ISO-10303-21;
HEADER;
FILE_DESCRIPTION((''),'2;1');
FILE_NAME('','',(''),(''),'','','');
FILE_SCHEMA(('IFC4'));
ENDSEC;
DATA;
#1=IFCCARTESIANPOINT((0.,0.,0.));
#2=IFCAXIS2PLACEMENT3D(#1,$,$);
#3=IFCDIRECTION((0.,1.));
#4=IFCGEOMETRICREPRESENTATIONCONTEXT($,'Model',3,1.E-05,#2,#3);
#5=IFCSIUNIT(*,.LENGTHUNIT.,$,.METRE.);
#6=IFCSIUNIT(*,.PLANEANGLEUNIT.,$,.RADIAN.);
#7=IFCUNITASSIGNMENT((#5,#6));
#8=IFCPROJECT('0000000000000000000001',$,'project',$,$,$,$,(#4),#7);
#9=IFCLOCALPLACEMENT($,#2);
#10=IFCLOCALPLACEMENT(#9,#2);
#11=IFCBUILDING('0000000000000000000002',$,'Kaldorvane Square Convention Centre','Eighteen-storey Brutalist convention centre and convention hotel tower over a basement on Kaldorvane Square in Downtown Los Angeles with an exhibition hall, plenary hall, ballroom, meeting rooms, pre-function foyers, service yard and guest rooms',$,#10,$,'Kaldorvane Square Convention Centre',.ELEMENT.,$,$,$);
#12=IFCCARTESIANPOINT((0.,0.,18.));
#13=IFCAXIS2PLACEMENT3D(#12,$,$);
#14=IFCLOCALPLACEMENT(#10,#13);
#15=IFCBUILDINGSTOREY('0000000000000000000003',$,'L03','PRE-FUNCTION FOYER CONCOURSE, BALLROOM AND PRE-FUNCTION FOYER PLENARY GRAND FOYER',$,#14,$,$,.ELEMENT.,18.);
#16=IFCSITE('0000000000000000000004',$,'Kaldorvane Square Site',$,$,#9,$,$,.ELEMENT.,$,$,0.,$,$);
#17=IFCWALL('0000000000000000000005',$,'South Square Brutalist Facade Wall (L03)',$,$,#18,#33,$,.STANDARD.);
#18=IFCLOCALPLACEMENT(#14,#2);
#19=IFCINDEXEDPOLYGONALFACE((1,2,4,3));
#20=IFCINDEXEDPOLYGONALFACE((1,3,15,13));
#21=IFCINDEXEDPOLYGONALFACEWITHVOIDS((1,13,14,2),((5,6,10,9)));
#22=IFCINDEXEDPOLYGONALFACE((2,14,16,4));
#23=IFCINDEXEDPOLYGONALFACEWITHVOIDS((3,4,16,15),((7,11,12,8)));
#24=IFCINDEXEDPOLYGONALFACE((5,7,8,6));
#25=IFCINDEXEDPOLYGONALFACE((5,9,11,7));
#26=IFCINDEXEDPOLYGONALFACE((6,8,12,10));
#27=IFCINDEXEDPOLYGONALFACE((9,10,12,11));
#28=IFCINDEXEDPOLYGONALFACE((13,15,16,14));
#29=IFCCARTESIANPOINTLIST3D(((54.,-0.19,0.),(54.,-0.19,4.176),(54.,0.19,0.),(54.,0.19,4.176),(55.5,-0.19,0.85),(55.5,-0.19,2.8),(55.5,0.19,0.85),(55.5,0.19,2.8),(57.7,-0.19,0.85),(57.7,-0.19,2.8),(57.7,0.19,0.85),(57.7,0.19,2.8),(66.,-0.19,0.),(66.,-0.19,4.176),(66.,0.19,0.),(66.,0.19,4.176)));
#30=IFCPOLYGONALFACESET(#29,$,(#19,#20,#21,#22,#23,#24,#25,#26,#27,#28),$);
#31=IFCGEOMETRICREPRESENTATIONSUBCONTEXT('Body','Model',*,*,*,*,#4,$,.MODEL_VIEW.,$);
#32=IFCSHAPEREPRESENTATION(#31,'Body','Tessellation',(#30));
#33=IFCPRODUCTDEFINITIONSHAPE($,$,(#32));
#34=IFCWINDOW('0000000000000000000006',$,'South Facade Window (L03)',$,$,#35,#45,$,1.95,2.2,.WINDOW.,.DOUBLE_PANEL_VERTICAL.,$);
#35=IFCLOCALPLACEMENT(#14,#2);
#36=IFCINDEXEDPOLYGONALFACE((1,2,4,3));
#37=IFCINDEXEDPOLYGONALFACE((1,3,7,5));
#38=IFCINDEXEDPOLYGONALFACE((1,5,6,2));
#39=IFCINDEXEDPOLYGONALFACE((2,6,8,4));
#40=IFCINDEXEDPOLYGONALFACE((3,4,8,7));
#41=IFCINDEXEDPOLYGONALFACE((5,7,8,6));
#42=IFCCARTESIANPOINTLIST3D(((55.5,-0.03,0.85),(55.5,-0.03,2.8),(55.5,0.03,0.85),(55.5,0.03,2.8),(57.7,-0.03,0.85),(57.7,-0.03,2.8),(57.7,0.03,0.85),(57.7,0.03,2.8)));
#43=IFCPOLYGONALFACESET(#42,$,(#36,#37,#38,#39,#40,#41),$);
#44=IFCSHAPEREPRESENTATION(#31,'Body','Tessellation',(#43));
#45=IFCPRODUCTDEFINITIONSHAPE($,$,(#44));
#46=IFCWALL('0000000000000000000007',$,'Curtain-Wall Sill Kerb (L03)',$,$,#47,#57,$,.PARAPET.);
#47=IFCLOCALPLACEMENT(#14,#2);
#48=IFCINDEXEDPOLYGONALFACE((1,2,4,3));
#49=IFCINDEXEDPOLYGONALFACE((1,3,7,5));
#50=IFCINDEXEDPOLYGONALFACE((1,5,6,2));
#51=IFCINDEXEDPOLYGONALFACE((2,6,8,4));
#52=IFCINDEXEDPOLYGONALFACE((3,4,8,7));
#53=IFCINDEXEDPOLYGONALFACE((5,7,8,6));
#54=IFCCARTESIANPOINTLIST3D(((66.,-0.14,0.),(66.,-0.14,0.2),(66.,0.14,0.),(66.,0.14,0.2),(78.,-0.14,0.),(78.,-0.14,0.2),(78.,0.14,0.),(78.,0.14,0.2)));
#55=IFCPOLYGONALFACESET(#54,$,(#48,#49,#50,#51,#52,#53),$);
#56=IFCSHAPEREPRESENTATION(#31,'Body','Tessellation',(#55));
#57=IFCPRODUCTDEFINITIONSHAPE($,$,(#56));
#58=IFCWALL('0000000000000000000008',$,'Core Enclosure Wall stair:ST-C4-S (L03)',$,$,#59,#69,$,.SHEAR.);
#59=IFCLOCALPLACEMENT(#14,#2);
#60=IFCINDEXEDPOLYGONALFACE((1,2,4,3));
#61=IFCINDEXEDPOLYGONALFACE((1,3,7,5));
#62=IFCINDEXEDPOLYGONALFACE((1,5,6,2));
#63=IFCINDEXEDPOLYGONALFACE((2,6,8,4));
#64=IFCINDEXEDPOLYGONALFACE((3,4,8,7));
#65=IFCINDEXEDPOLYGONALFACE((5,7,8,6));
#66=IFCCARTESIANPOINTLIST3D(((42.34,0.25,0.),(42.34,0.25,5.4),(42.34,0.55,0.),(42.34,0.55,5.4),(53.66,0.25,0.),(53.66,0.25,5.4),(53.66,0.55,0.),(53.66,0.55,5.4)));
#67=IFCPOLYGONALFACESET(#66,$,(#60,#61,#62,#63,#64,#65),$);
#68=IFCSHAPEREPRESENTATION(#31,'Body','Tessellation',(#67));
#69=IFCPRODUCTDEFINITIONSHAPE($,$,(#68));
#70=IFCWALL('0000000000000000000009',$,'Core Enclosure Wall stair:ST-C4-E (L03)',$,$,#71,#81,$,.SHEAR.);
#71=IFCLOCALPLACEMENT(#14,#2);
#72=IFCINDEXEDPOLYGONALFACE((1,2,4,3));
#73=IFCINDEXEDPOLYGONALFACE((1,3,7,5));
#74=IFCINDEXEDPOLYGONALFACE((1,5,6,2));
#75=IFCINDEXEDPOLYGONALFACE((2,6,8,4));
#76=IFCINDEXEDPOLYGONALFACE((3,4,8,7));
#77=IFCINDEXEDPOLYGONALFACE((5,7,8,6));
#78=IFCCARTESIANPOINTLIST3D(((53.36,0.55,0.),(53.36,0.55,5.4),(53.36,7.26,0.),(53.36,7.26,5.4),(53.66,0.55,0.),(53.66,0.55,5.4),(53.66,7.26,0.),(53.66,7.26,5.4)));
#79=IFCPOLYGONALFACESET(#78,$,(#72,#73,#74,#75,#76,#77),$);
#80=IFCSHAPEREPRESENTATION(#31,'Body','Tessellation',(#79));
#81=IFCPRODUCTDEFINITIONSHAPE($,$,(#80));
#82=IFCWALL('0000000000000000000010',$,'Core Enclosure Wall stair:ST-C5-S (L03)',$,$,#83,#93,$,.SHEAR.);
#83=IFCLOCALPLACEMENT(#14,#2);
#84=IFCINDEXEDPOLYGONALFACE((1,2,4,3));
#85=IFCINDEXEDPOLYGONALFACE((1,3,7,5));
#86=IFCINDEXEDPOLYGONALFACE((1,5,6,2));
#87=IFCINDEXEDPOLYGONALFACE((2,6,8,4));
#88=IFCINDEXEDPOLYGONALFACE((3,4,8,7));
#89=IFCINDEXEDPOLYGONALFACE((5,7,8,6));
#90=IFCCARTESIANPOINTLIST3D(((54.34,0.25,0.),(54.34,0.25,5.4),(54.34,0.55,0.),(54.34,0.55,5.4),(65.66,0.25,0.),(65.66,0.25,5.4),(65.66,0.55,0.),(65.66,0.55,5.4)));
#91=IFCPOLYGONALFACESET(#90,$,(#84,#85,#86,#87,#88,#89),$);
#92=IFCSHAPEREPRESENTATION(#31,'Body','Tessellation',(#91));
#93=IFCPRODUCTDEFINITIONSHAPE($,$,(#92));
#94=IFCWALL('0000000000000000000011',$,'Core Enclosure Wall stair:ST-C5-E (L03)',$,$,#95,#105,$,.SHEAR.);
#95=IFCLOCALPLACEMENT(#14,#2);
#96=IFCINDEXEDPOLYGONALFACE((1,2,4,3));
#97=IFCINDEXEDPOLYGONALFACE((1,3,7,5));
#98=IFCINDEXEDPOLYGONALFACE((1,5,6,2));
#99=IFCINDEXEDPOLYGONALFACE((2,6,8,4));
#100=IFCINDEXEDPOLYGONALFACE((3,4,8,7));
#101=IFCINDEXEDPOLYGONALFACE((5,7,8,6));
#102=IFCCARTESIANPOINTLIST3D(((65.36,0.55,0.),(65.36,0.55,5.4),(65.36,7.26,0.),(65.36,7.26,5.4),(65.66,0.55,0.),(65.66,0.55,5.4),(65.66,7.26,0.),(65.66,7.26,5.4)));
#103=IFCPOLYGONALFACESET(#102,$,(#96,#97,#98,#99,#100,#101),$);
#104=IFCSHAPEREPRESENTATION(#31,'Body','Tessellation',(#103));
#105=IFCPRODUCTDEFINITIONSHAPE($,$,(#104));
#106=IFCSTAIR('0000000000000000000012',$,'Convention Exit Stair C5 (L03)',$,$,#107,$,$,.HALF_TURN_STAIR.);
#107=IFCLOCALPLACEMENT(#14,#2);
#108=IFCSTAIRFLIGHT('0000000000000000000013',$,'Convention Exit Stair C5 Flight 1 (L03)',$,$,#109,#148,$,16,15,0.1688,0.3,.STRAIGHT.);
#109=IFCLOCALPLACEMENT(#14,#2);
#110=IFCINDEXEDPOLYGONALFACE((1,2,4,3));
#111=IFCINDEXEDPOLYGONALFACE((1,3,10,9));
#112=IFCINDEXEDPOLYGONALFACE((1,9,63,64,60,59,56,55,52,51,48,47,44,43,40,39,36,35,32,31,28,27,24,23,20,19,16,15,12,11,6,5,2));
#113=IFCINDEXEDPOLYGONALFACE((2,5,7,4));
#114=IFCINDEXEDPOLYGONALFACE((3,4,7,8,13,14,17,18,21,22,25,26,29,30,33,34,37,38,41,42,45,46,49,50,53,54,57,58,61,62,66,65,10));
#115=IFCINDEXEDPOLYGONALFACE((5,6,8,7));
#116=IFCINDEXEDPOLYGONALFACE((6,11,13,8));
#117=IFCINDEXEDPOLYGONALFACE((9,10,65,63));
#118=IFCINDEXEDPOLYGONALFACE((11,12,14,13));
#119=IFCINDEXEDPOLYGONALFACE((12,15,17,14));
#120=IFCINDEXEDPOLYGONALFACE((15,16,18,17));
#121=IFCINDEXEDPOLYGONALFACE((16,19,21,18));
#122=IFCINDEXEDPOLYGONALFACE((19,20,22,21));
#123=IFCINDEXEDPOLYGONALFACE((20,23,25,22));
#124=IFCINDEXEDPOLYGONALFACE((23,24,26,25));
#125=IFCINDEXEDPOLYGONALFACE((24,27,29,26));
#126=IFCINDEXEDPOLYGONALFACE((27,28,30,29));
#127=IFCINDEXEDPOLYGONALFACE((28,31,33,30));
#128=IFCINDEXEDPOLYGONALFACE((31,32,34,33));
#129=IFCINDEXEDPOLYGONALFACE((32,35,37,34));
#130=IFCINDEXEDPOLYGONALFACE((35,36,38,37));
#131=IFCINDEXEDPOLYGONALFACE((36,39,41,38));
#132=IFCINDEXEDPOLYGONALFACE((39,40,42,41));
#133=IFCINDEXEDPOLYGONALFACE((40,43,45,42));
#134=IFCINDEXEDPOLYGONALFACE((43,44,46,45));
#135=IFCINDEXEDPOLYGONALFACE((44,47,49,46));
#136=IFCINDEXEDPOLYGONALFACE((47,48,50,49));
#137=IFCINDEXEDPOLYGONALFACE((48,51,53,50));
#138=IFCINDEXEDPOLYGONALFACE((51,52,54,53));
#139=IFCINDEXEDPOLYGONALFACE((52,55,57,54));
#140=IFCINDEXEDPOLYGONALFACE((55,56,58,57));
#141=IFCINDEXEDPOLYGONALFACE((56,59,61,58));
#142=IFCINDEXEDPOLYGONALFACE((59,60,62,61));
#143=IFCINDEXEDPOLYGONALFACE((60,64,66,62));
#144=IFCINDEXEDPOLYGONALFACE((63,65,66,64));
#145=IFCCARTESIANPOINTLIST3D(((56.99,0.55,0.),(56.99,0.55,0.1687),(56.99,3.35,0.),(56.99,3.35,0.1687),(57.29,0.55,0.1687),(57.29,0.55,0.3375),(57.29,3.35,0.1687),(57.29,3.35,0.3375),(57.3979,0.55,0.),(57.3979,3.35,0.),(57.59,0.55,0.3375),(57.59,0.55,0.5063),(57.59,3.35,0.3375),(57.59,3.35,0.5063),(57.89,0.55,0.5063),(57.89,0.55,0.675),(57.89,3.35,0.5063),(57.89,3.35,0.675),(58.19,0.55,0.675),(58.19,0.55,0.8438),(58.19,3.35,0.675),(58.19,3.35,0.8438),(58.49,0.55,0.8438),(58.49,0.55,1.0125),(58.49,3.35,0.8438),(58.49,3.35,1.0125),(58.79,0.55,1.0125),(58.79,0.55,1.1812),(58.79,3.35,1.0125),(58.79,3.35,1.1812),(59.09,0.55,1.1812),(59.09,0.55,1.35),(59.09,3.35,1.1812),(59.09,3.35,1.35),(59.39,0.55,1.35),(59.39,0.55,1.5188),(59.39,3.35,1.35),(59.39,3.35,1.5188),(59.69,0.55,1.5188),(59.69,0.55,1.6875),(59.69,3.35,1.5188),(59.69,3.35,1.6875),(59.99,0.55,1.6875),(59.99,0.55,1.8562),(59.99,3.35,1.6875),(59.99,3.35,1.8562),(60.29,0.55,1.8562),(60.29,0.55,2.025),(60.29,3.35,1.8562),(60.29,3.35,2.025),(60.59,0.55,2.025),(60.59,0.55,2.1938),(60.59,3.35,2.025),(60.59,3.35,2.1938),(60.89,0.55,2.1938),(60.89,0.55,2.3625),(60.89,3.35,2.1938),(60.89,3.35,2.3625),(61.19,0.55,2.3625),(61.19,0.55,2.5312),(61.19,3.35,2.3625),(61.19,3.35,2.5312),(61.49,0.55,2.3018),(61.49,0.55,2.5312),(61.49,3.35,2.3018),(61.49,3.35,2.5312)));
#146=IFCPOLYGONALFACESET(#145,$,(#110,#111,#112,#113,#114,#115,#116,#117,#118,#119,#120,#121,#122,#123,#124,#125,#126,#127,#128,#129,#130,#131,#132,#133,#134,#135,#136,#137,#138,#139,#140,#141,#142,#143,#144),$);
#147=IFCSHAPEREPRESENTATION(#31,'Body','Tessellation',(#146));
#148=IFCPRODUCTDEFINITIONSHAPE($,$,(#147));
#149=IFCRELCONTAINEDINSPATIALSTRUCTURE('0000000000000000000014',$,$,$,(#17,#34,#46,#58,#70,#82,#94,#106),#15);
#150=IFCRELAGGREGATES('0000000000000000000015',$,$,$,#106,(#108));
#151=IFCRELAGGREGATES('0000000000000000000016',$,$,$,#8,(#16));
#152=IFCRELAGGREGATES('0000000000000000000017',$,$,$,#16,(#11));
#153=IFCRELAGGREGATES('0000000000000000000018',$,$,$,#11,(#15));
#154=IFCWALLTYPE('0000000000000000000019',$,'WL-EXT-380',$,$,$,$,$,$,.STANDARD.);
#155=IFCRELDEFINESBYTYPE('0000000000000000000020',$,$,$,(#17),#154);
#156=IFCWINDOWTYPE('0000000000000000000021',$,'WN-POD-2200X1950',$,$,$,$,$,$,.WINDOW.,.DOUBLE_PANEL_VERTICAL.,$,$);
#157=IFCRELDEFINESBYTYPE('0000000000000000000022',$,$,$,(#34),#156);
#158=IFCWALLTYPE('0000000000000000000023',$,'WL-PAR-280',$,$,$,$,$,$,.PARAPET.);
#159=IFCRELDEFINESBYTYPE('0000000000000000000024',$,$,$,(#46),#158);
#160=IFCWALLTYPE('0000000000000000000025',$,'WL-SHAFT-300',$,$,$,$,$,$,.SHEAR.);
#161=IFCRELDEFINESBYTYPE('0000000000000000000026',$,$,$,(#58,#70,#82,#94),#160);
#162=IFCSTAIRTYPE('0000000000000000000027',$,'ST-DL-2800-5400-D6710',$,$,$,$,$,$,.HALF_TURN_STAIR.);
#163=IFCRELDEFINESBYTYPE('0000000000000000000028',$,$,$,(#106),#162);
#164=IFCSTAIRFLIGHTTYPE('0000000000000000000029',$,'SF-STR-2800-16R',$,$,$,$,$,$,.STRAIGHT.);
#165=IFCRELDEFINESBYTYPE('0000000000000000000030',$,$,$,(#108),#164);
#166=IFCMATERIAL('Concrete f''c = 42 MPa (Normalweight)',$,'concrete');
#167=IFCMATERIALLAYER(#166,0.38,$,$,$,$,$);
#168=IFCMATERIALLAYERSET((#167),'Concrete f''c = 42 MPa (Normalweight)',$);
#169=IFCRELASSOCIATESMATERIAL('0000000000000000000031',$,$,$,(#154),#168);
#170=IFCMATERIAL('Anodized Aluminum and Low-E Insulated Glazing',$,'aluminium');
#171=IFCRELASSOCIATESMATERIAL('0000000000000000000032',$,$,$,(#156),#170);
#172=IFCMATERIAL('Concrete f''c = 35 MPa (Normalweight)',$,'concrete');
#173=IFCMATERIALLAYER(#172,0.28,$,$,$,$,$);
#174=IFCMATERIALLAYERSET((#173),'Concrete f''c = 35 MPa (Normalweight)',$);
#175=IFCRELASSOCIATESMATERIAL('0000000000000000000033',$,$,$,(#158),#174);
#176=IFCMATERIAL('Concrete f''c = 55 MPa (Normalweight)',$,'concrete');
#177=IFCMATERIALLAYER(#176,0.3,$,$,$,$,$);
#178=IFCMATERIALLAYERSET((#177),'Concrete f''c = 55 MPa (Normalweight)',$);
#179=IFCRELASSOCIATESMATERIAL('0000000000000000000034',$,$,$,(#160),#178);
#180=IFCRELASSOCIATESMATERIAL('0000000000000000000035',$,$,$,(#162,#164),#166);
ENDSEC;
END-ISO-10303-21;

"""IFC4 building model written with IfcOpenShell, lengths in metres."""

from ifc_helpers import new_model, si_unit, direction, frame, frame_2d, origin, place, context, subcontext, project, spatial, polyline, rectangle, outline, extrude, material, layer, layer_set, type_object, element, fill, aggregate, save


model = new_model("IFC4")

# Units and contexts
model_context = context("Model", 3, precision=1e-05, world=origin(), true_north=direction((0.0, 1.0)))
body_context = subcontext(model_context, "Body", "Model", "MODEL_VIEW")
ifc_project = project(units=[si_unit("LENGTHUNIT", "METRE"), si_unit("PLANEANGLEUNIT", "RADIAN")], contexts=[model_context])

# Site, building, storey
site_placement = place(None, origin())
site = spatial("IfcSite", under=ifc_project, at=site_placement, Name="Kaldorvane Square Site", CompositionType="ELEMENT", RefElevation=0.0)
building_placement = place(site_placement, origin())
building = spatial("IfcBuilding", under=site, at=building_placement, Name="Kaldorvane Square Convention Centre", Description="Eighteen-storey Brutalist convention centre and convention hotel tower over a basement on Kaldorvane Square in Downtown Los Angeles with an exhibition hall, plenary hall, ballroom, meeting rooms, pre-function foyers, service yard and guest rooms", LongName="Kaldorvane Square Convention Centre", CompositionType="ELEMENT")
storey_placement = place(building_placement, frame((0.0, 0.0, 18.0)))
storey = spatial("IfcBuildingStorey", under=building, at=storey_placement, Name="L03", Description="PRE-FUNCTION FOYER CONCOURSE, BALLROOM AND PRE-FUNCTION FOYER PLENARY GRAND FOYER", CompositionType="ELEMENT", Elevation=18.0)

# Shared definitions
ifc_material_1 = material(Name="Concrete f'c = 55 MPa (Normalweight)", Category="concrete")

# Shared definitions
ifc_material_2 = material(Name="Concrete f'c = 42 MPa (Normalweight)", Category="concrete")

# Shared definitions
ifc_material_3 = material(Name="Anodized Aluminum and Low-E Insulated Glazing", Category="aluminium")

# Wall, opening, window
ifc_layer_1 = layer(ifc_material_2, 0.38)
ifc_layer_set_1 = layer_set([ifc_layer_1], Name="Concrete f'c = 42 MPa (Normalweight)")
wall_type_1 = type_object("IfcWallType", Name="WL-EXT-380", PredefinedType="STANDARD", material=ifc_layer_set_1)
wall_1_placement = place(storey_placement, frame((54.0, 0.0, 0.0), z_axis=(0.0, 0.0, 1.0), x_axis=(1.0, 0.0, 0.0)))
wall_1 = element("IfcWall", 1, at=wall_1_placement, inside=storey, type_object=wall_type_1, Name="South Square Brutalist Facade Wall (L03)", PredefinedType="STANDARD", context=body_context, shape_type="SweptSolid", body=[
    extrude(rectangle(XDim=12.0, YDim=0.38, at=frame_2d((6.0, 0.0))), origin(), (0.0, 0.0, 1.0), 4.176),
])
opening_placement = place(wall_1_placement, frame((1.5, 0.0, 0.85)))
opening = element("IfcOpeningElement", 2, at=opening_placement, cuts=wall_1, PredefinedType="OPENING", context=body_context, shape_type="SweptSolid", body=[
    extrude(rectangle(XDim=2.2, YDim=1.95, at=frame_2d((1.1, 0.975))), frame((0.0, 0.205, 0.0), z_axis=(0.0, -1.0, 0.0), x_axis=(1.0, 0.0, 0.0)), (0.0, 0.0, 1.0), 0.41),
])
window_type = type_object("IfcWindowType", Name="WN-POD-2200X1950", PartitioningType="DOUBLE_PANEL_VERTICAL", PredefinedType="WINDOW", material=ifc_material_3)
window_placement = place(opening_placement, origin())
window = element("IfcWindow", 3, at=window_placement, inside=storey, type_object=window_type, Name="South Facade Window (L03)", OverallHeight=1.95, OverallWidth=2.2, PartitioningType="DOUBLE_PANEL_VERTICAL", PredefinedType="WINDOW", context=body_context, shape_type="SweptSolid", body=[
    extrude(rectangle(XDim=2.2, YDim=1.95, at=frame_2d((1.1, 0.975))), frame((0.0, 0.03, 0.0), z_axis=(0.0, -1.0, 0.0), x_axis=(1.0, 0.0, 0.0)), (0.0, 0.0, 1.0), 0.06),
])
fill(opening, window)

# Walls
ifc_material_4 = material(Name="Concrete f'c = 35 MPa (Normalweight)", Category="concrete")
ifc_layer_2 = layer(ifc_material_4, 0.28)
ifc_layer_set_2 = layer_set([ifc_layer_2], Name="Concrete f'c = 35 MPa (Normalweight)")
wall_type_2 = type_object("IfcWallType", Name="WL-PAR-280", PredefinedType="PARAPET", material=ifc_layer_set_2)
wall_2_placement = place(storey_placement, frame((66.0, 0.0, 0.0), z_axis=(0.0, 0.0, 1.0), x_axis=(1.0, 0.0, 0.0)))
element("IfcWall", 4, at=wall_2_placement, inside=storey, type_object=wall_type_2, Name="Curtain-Wall Sill Kerb (L03)", PredefinedType="PARAPET", context=body_context, shape_type="SweptSolid", body=[
    extrude(rectangle(XDim=12.0, YDim=0.28, at=frame_2d((6.0, 0.0))), origin(), (0.0, 0.0, 1.0), 0.2),
])
ifc_layer_3 = layer(ifc_material_1, 0.3)
ifc_layer_set_3 = layer_set([ifc_layer_3], Name="Concrete f'c = 55 MPa (Normalweight)")
wall_type_3 = type_object("IfcWallType", Name="WL-SHAFT-300", PredefinedType="SHEAR", material=ifc_layer_set_3)
wall_3_placement = place(storey_placement, frame((53.66, 0.4, 0.0), z_axis=(0.0, 0.0, 1.0), x_axis=(-1.0, 0.0, 0.0)))
element("IfcWall", 5, at=wall_3_placement, inside=storey, type_object=wall_type_3, Name="Core Enclosure Wall stair:ST-C4-S (L03)", PredefinedType="SHEAR", context=body_context, shape_type="SweptSolid", body=[
    extrude(rectangle(XDim=11.32, YDim=0.3, at=frame_2d((5.66, 0.0))), origin(), (0.0, 0.0, 1.0), 5.4),
])
wall_4_placement = place(storey_placement, frame((53.51, 0.55, 0.0), z_axis=(0.0, 0.0, 1.0), x_axis=(0.0, 1.0, 0.0)))
element("IfcWall", 6, at=wall_4_placement, inside=storey, type_object=wall_type_3, Name="Core Enclosure Wall stair:ST-C4-E (L03)", PredefinedType="SHEAR", context=body_context, shape_type="SweptSolid", body=[
    extrude(rectangle(XDim=6.71, YDim=0.3, at=frame_2d((3.355, 0.0))), origin(), (0.0, 0.0, 1.0), 5.4),
])
wall_5_placement = place(storey_placement, frame((65.66, 0.4, 0.0), z_axis=(0.0, 0.0, 1.0), x_axis=(-1.0, 0.0, 0.0)))
element("IfcWall", 7, at=wall_5_placement, inside=storey, type_object=wall_type_3, Name="Core Enclosure Wall stair:ST-C5-S (L03)", PredefinedType="SHEAR", context=body_context, shape_type="SweptSolid", body=[
    extrude(rectangle(XDim=11.32, YDim=0.3, at=frame_2d((5.66, 0.0))), origin(), (0.0, 0.0, 1.0), 5.4),
])
wall_6_placement = place(storey_placement, frame((65.51, 0.55, 0.0), z_axis=(0.0, 0.0, 1.0), x_axis=(0.0, 1.0, 0.0)))
element("IfcWall", 8, at=wall_6_placement, inside=storey, type_object=wall_type_3, Name="Core Enclosure Wall stair:ST-C5-E (L03)", PredefinedType="SHEAR", context=body_context, shape_type="SweptSolid", body=[
    extrude(rectangle(XDim=6.71, YDim=0.3, at=frame_2d((3.355, 0.0))), origin(), (0.0, 0.0, 1.0), 5.4),
])

# Stair, stair flight
stair_type = type_object("IfcStairType", Name="ST-DL-2800-5400-D6710", PredefinedType="HALF_TURN_STAIR", material=ifc_material_2)
stair_placement = place(storey_placement, origin())
stair = element("IfcStair", 9, at=stair_placement, inside=storey, type_object=stair_type, Name="Convention Exit Stair C5 (L03)", PredefinedType="HALF_TURN_STAIR")
stair_flight_type = type_object("IfcStairFlightType", Name="SF-STR-2800-16R", PredefinedType="STRAIGHT", material=ifc_material_2)
stair_flight_placement = place(storey_placement, frame((56.99, 1.95, 0.0), z_axis=(0.0, 0.0, 1.0), x_axis=(1.0, 0.0, 0.0)))
stair_flight = element("IfcStairFlight", 10, at=stair_flight_placement, type_object=stair_flight_type, Name="Convention Exit Stair C5 Flight 1 (L03)", NumberOfRisers=16, NumberOfTreads=15, PredefinedType="STRAIGHT", RiserHeight=0.1688, TreadLength=0.3, context=body_context, shape_type="SweptSolid", body=[
    extrude(outline(polyline([(0.0, 0.0), (0.0, 0.1687), (0.3, 0.1687), (0.3, 0.3375), (0.6, 0.3375), (0.6, 0.5063), (0.9, 0.5063), (0.9, 0.675), (1.2, 0.675), (1.2, 0.8438), (1.5, 0.8438), (1.5, 1.0125), (1.8, 1.0125), (1.8, 1.1812), (2.1, 1.1812), (2.1, 1.35), (2.4, 1.35), (2.4, 1.5188), (2.7, 1.5188), (2.7, 1.6875), (3.0, 1.6875), (3.0, 1.8562), (3.3, 1.8562), (3.3, 2.025), (3.6, 2.025), (3.6, 2.1938), (3.9, 2.1938), (3.9, 2.3625), (4.2, 2.3625), (4.2, 2.5312), (4.5, 2.5312), (4.5, 2.7), (4.5, 2.3018), (0.4079, 0.0), (0.0, 0.0)])), frame((0.0, 1.4, 0.0), z_axis=(0.0, -1.0, 0.0), x_axis=(1.0, 0.0, 0.0)), (0.0, 0.0, 1.0), 2.8),
])
aggregate(stair, [stair_flight])

save(model, "model.ifc")
